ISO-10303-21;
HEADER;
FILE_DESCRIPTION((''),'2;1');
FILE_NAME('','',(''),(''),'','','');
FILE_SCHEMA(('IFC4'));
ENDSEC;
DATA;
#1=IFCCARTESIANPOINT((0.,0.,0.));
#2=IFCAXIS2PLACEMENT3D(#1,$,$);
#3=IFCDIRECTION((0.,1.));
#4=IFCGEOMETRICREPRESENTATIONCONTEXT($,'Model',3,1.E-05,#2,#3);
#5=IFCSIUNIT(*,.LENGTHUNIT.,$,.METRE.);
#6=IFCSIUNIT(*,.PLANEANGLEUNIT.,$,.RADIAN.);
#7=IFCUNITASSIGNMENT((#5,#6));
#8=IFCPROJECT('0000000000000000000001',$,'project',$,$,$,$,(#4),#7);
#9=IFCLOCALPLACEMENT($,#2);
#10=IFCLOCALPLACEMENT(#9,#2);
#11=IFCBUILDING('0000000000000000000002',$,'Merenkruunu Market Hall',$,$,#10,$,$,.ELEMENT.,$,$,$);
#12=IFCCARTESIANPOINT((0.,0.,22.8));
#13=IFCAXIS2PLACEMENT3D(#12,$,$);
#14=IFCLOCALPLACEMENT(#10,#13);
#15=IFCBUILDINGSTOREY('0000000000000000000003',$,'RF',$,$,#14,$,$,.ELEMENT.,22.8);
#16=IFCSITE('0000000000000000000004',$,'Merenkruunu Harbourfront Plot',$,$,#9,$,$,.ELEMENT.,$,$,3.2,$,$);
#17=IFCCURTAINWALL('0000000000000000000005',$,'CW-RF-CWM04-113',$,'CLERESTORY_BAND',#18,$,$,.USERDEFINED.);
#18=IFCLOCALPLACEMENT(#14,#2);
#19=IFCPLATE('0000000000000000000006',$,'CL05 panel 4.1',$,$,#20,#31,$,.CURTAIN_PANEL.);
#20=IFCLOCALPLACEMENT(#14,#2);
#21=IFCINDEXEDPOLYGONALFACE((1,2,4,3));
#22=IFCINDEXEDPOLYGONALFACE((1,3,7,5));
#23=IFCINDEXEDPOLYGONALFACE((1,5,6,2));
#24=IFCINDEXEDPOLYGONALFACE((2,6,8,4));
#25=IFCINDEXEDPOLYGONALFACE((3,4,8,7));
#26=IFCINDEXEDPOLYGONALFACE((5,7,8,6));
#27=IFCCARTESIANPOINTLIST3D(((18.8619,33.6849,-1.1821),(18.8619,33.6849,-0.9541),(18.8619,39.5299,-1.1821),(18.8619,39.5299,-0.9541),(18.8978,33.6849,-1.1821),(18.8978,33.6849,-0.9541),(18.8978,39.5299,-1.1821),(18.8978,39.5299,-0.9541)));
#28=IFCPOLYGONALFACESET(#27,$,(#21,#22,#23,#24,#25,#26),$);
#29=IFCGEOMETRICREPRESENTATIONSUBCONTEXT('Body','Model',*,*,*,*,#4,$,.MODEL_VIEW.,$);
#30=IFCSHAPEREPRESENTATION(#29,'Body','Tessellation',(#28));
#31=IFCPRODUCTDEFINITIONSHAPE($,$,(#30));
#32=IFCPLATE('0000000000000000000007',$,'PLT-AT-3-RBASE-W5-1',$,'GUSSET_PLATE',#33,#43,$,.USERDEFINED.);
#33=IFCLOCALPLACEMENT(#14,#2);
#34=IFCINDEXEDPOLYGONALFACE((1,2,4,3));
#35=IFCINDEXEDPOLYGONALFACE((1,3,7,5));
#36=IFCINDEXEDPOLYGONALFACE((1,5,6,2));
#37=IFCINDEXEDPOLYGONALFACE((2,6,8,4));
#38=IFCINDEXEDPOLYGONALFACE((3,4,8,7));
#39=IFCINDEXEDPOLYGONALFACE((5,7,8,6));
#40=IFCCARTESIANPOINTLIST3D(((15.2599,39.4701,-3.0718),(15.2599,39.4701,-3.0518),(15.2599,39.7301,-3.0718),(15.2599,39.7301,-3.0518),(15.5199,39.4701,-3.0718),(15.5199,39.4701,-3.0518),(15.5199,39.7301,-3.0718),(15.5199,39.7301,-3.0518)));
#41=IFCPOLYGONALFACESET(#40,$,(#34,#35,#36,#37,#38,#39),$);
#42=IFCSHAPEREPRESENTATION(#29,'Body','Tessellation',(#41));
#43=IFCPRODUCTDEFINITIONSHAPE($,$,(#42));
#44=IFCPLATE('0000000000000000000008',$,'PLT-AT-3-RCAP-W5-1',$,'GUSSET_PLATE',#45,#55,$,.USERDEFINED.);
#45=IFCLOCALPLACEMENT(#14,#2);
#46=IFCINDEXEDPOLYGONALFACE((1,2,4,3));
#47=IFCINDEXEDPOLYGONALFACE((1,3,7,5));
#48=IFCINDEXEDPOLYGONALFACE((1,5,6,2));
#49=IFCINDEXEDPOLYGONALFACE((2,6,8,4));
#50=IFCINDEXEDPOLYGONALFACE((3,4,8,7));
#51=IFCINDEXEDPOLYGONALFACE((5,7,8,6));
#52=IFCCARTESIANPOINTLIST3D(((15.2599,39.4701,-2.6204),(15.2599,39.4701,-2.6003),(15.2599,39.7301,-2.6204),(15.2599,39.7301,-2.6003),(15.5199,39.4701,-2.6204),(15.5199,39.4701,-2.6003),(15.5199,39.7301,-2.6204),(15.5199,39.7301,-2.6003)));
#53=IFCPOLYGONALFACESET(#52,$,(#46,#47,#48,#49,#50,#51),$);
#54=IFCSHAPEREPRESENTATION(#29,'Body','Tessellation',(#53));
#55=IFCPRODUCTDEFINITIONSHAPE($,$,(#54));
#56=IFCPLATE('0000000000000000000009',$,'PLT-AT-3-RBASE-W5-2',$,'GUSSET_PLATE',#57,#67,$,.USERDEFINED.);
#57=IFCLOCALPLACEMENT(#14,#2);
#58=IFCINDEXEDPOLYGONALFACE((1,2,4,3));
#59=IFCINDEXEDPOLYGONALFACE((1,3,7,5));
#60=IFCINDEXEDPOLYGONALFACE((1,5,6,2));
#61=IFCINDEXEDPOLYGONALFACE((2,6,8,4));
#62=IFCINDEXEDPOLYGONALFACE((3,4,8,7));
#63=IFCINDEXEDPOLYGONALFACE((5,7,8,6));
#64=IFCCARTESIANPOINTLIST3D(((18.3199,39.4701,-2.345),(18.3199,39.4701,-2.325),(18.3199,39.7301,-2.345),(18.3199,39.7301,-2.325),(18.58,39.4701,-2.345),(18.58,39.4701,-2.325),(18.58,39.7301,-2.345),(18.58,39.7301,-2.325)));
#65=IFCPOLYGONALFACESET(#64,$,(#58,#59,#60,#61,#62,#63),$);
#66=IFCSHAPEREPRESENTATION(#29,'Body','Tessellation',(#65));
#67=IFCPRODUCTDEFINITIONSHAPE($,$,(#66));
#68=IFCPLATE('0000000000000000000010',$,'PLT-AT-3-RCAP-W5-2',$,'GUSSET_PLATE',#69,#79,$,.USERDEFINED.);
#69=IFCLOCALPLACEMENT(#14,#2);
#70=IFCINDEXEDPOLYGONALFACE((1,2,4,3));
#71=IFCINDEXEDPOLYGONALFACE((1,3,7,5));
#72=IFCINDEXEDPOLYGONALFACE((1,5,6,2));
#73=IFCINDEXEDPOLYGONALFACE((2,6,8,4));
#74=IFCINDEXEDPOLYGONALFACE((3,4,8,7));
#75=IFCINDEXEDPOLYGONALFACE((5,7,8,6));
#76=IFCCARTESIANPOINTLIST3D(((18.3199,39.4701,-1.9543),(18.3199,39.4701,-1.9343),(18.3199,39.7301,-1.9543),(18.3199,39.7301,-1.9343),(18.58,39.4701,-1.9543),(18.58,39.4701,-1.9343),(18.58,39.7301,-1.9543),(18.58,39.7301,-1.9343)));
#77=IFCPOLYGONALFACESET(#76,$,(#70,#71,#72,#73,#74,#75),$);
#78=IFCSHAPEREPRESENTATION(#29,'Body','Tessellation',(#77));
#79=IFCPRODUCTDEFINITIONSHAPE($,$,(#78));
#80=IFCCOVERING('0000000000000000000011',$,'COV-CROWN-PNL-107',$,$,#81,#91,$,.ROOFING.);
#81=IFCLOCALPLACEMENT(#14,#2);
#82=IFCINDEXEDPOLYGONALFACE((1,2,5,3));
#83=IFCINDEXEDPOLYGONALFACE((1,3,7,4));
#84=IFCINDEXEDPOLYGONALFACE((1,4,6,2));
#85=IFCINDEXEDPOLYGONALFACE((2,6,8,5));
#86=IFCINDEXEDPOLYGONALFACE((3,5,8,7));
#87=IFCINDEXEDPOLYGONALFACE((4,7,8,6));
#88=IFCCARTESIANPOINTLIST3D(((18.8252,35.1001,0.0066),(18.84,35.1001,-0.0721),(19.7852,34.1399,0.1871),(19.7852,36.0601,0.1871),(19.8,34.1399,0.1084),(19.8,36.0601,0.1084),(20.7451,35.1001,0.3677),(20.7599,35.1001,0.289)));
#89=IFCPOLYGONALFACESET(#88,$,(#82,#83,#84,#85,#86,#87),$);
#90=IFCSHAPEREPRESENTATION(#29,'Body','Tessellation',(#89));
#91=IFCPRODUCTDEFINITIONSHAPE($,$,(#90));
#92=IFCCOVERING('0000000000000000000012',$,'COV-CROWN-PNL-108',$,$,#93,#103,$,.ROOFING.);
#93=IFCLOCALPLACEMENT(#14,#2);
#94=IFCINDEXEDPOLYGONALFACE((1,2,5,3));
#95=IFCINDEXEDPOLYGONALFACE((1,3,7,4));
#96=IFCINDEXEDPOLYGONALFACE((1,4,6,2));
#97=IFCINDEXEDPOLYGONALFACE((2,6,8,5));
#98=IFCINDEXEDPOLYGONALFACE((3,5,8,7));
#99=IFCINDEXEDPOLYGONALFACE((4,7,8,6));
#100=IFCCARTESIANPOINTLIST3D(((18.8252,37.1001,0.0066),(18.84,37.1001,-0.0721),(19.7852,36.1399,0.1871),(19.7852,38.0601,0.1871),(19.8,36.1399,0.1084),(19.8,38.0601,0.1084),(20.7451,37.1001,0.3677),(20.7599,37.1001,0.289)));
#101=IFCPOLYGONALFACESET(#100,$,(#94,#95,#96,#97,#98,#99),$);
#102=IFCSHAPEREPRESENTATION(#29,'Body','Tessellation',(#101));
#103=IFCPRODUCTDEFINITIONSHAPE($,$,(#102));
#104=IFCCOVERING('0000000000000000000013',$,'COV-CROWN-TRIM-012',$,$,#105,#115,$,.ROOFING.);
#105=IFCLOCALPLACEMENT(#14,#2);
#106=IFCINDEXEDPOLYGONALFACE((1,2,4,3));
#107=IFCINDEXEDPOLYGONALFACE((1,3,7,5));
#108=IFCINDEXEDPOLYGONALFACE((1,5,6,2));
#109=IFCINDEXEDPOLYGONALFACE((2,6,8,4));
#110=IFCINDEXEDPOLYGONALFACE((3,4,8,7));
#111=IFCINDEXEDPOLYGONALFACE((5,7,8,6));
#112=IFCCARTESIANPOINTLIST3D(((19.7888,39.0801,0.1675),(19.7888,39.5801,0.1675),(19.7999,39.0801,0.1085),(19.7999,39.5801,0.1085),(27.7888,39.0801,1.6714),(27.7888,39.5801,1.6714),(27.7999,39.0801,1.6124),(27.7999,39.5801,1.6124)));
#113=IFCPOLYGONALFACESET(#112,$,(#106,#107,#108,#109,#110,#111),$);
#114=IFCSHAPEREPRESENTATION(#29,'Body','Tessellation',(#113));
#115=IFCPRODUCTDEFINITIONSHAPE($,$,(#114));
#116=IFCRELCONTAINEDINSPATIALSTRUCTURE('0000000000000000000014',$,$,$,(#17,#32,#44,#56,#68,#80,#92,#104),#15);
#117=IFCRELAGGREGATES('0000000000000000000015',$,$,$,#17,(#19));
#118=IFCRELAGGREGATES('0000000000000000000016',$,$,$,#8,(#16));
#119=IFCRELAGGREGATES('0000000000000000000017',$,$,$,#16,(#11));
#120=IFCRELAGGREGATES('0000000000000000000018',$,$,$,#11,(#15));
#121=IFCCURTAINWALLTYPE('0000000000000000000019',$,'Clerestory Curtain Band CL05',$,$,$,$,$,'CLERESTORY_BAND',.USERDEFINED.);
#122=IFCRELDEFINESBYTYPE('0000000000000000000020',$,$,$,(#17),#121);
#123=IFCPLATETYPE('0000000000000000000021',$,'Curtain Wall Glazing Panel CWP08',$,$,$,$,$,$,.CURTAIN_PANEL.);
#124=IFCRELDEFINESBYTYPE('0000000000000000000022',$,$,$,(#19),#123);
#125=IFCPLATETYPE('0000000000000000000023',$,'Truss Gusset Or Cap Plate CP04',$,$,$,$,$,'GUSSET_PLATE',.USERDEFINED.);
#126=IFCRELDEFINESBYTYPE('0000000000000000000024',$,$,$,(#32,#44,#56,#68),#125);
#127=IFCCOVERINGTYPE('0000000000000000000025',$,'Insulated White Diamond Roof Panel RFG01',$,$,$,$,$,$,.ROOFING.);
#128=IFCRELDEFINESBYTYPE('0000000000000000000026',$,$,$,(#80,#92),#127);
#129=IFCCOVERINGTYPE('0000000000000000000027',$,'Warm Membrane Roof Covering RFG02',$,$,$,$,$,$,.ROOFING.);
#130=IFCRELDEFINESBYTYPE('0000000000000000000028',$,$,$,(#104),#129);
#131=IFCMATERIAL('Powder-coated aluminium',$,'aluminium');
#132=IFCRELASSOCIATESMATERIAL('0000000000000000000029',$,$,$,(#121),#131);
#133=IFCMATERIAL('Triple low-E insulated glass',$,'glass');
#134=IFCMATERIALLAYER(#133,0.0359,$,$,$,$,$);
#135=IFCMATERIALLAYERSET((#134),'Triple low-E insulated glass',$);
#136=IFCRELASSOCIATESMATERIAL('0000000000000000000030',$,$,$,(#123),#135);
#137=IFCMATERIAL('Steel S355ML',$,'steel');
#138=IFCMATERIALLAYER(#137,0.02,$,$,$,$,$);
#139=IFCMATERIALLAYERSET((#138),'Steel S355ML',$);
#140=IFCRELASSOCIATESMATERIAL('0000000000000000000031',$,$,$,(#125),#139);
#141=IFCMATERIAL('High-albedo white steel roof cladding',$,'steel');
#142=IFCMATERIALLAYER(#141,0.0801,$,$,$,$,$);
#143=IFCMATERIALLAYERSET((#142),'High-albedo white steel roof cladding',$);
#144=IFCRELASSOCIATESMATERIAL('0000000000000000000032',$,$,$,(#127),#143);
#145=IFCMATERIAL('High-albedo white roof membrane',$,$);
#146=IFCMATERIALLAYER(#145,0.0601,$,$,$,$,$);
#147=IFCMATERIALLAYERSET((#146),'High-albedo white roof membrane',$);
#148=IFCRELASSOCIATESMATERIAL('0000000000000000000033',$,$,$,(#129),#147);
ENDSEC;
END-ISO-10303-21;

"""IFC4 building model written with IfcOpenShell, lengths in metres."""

from ifc_helpers import new_model, si_unit, direction, frame, origin, origin_2d, place, context, subcontext, project, spatial, polyline, rectangle, outline, extrude, material, layer, layer_set, type_object, element, aggregate, save


model = new_model("IFC4")

# Units and contexts
model_context = context("Model", 3, precision=1e-05, world=origin(), true_north=direction((0.0, 1.0)))
body_context = subcontext(model_context, "Body", "Model", "MODEL_VIEW")
ifc_project = project(units=[si_unit("LENGTHUNIT", "METRE"), si_unit("PLANEANGLEUNIT", "RADIAN")], contexts=[model_context])

# Site, building, storey
site_placement = place(None, origin())
site = spatial("IfcSite", under=ifc_project, at=site_placement, Name="Merenkruunu Harbourfront Plot", CompositionType="ELEMENT", RefElevation=3.2)
building_placement = place(site_placement, origin())
building = spatial("IfcBuilding", under=site, at=building_placement, Name="Merenkruunu Market Hall", CompositionType="ELEMENT")
storey_placement = place(building_placement, frame((0.0, 0.0, 22.8)))
storey = spatial("IfcBuildingStorey", under=building, at=storey_placement, Name="RF", CompositionType="ELEMENT", Elevation=22.8)

# Curtain wall
ifc_material_1 = material(Name="Powder-coated aluminium", Category="aluminium")
curtain_wall_type = type_object("IfcCurtainWallType", Name="Clerestory Curtain Band CL05", ElementType="CLERESTORY_BAND", PredefinedType="USERDEFINED", material=ifc_material_1)
curtain_wall_placement = place(storey_placement, origin())
curtain_wall = element("IfcCurtainWall", 1, at=curtain_wall_placement, inside=storey, type_object=curtain_wall_type, Name="CW-RF-CWM04-113", ObjectType="CLERESTORY_BAND", PredefinedType="USERDEFINED")

# Shared definitions
ifc_material_2 = material(Name="Steel S355ML", Category="steel")

# Plate
ifc_material_3 = material(Name="Triple low-E insulated glass", Category="glass")
ifc_layer_1 = layer(ifc_material_3, 0.0359)
ifc_layer_set_1 = layer_set([ifc_layer_1], Name="Triple low-E insulated glass")
plate_type_1 = type_object("IfcPlateType", Name="Curtain Wall Glazing Panel CWP08", PredefinedType="CURTAIN_PANEL", material=ifc_layer_set_1)
plate_placement = place(storey_placement, frame((18.8799, 36.6074, -1.1821), z_axis=(0.0, 0.0, 1.0), x_axis=(0.0, 1.0, 0.0)))
plate = element("IfcPlate", 2, at=plate_placement, type_object=plate_type_1, Name="CL05 panel 4.1", PredefinedType="CURTAIN_PANEL", context=body_context, shape_type="SweptSolid", body=[
    extrude(rectangle(XDim=5.845, YDim=0.0359, at=origin_2d()), origin(), (0.0, 0.0, 1.0), 0.228),
])
aggregate(curtain_wall, [plate])

# Plates
ifc_layer_2 = layer(ifc_material_2, 0.02)
ifc_layer_set_2 = layer_set([ifc_layer_2], Name="Steel S355ML")
plate_type_2 = type_object("IfcPlateType", Name="Truss Gusset Or Cap Plate CP04", ElementType="GUSSET_PLATE", PredefinedType="USERDEFINED", material=ifc_layer_set_2)
for number, where, z_axis, x_axis, name in (
    (3, (15.3899, 39.6001, -3.0718), (0.0, 0.0, 1.0), (1.0, 0.0, 0.0), "PLT-AT-3-RBASE-W5-1"),
    (4, (15.3899, 39.6001, -2.6204), (0.0, 0.0, 1.0), (1.0, 0.0, 0.0), "PLT-AT-3-RCAP-W5-1"),
    (5, (18.45, 39.6001, -2.345), (0.0, 0.0, 1.0), (1.0, 0.0, 0.0), "PLT-AT-3-RBASE-W5-2"),
    (6, (18.45, 39.6001, -1.9543), (0.0, 0.0, 1.0), (1.0, 0.0, 0.0), "PLT-AT-3-RCAP-W5-2"),
):
    element("IfcPlate", number, at=place(storey_placement, frame(where, z_axis=z_axis, x_axis=x_axis)), inside=storey, type_object=plate_type_2, Name=name, ObjectType="GUSSET_PLATE", PredefinedType="USERDEFINED", context=body_context, shape_type="SweptSolid", body=[
        extrude(rectangle(XDim=0.26, YDim=0.26, at=origin_2d()), origin(), (0.0, 0.0, 1.0), 0.02),
    ])

# Coverings
ifc_material_4 = material(Name="High-albedo white steel roof cladding", Category="steel")
ifc_layer_3 = layer(ifc_material_4, 0.0801)
ifc_layer_set_3 = layer_set([ifc_layer_3], Name="High-albedo white steel roof cladding")
covering_type_1 = type_object("IfcCoveringType", Name="Insulated White Diamond Roof Panel RFG01", PredefinedType="ROOFING", material=ifc_layer_set_3)
for number, where, z_axis, x_axis, name in (
    (7, (18.8252, 35.1001, 0.0066), (-0.184832, 0.0, 0.98277), (0.700856, -0.701018, 0.131812), "COV-CROWN-PNL-107"),
    (8, (18.8252, 37.1001, 0.0066), (-0.184832, 0.0, 0.98277), (0.700856, -0.701018, 0.131812), "COV-CROWN-PNL-108"),
):
    element("IfcCovering", number, at=place(storey_placement, frame(where, z_axis=z_axis, x_axis=x_axis)), inside=storey, type_object=covering_type_1, Name=name, PredefinedType="ROOFING", context=body_context, shape_type="SweptSolid", body=[
        extrude(outline(polyline([(0.0, 0.0), (1.3697, 0.0), (1.3932, 1.3695), (0.0237, 1.3694), (0.0, 0.0)])), origin(), (0.0, 0.0, -1.0), 0.0801),
    ])
ifc_material_5 = material(Name="High-albedo white roof membrane")
ifc_layer_4 = layer(ifc_material_5, 0.0601)
ifc_layer_set_4 = layer_set([ifc_layer_4], Name="High-albedo white roof membrane")
covering_type_2 = type_object("IfcCoveringType", Name="Warm Membrane Roof Covering RFG02", PredefinedType="ROOFING", material=ifc_layer_set_4)
covering_placement = place(storey_placement, frame((19.7888, 39.0801, 0.1675), z_axis=(-0.184752, 0.0, 0.982785), x_axis=(0.982785, 0.0, 0.184752)))
element("IfcCovering", 9, at=covering_placement, inside=storey, type_object=covering_type_2, Name="COV-CROWN-TRIM-012", PredefinedType="ROOFING", context=body_context, shape_type="SweptSolid", body=[
    extrude(outline(polyline([(0.0, 0.0), (8.1401, 0.0), (8.1401, 0.5), (0.0, 0.5), (0.0, 0.0)])), origin(), (0.0, 0.0, -1.0), 0.0601),
])

save(model, "model.ifc")
